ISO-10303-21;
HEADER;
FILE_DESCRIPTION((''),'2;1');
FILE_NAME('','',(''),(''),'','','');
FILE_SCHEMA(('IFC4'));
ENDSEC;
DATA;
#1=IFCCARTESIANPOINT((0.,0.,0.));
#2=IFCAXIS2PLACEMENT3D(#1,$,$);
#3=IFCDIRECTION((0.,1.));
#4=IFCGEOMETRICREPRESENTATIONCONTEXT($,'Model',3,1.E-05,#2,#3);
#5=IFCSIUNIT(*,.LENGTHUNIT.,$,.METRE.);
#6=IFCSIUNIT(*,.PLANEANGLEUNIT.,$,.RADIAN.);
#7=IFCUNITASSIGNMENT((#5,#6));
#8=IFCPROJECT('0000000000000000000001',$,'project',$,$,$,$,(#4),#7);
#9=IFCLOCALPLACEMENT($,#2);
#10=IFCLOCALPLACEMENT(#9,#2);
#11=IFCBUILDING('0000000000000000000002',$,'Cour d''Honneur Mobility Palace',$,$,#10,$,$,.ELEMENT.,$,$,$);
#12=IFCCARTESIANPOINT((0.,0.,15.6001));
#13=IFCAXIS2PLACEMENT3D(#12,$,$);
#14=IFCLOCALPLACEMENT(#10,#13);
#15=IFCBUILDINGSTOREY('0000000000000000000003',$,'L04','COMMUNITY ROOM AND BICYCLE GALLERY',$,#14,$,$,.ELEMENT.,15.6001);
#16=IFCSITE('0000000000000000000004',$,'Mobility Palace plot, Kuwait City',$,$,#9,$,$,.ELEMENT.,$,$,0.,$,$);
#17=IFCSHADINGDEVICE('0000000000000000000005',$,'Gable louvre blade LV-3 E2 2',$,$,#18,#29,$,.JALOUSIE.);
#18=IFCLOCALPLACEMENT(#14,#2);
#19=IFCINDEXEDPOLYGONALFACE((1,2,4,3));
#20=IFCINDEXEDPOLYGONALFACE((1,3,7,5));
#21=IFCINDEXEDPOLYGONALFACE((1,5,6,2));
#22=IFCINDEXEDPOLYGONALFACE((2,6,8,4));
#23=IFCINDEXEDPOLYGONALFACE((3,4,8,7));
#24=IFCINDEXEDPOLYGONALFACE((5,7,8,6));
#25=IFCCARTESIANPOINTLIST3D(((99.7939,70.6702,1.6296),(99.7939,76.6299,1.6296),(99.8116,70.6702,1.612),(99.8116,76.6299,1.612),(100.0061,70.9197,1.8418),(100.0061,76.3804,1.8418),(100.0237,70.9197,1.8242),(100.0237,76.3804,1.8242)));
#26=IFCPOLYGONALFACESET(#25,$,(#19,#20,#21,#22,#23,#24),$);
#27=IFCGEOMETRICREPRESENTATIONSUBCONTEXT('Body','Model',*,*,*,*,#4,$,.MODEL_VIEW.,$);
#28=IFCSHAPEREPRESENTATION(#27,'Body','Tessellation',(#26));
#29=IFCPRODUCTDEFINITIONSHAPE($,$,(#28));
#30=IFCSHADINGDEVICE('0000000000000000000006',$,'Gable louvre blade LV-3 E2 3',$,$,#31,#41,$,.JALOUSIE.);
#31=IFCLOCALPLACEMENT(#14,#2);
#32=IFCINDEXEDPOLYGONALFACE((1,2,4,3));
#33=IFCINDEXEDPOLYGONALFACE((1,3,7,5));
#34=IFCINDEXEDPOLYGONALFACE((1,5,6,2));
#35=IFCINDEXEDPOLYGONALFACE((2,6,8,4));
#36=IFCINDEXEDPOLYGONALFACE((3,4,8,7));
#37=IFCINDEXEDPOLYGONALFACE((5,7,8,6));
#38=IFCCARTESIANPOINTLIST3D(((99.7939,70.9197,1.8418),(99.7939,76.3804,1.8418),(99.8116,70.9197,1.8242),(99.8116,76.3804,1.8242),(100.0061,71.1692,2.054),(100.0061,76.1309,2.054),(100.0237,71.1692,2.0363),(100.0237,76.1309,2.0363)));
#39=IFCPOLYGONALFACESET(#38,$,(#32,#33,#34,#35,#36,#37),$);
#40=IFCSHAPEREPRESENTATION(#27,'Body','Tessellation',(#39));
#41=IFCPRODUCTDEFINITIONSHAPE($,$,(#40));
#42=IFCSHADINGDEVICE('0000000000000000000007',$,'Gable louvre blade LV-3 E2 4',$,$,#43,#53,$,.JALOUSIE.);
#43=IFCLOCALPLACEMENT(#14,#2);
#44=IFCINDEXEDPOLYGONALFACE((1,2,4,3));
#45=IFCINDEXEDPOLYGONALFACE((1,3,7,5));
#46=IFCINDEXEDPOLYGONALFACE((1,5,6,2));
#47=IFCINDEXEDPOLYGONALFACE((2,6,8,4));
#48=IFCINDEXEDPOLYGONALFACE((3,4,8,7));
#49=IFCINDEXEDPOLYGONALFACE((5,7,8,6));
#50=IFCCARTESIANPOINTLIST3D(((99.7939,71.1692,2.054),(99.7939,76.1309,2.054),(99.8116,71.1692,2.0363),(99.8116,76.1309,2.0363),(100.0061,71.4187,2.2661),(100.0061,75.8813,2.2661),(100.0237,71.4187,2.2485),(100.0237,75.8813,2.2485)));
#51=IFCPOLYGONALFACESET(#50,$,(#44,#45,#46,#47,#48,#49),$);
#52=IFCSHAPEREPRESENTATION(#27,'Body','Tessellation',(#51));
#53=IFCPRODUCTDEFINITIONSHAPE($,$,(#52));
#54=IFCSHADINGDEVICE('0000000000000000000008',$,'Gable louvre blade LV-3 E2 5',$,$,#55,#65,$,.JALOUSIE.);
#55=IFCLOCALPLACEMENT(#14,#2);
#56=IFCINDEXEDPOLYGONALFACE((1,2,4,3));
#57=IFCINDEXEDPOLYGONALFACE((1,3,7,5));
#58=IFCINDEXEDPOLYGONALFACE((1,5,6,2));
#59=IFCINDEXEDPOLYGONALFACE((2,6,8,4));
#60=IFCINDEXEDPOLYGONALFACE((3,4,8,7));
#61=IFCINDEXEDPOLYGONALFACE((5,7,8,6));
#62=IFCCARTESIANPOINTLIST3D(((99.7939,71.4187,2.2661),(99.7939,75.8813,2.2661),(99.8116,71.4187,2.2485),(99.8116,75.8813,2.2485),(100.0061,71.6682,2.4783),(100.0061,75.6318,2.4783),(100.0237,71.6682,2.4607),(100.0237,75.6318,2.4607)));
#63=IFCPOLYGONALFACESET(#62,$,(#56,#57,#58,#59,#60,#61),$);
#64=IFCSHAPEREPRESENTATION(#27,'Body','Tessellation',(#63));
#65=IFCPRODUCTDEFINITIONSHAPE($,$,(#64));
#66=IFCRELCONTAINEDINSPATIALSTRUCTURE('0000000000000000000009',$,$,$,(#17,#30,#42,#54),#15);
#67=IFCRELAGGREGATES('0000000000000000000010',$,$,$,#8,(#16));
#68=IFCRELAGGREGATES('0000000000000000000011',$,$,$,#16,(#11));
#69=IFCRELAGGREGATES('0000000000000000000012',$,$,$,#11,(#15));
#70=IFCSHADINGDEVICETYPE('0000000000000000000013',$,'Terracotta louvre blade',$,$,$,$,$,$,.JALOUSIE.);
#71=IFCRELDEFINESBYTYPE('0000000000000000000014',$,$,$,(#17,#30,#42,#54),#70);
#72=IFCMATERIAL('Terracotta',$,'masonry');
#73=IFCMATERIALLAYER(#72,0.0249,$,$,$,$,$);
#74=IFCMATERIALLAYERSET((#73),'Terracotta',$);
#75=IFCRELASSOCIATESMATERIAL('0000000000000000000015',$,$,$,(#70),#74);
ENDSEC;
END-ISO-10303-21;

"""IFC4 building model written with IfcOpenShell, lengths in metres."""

from ifc_helpers import new_model, si_unit, direction, frame, origin, place, context, subcontext, project, spatial, polyline, outline, extrude, material, layer, layer_set, type_object, element, save


model = new_model("IFC4")

# Units and contexts
model_context = context("Model", 3, precision=1e-05, world=origin(), true_north=direction((0.0, 1.0)))
body_context = subcontext(model_context, "Body", "Model", "MODEL_VIEW")
ifc_project = project(units=[si_unit("LENGTHUNIT", "METRE"), si_unit("PLANEANGLEUNIT", "RADIAN")], contexts=[model_context])

# Site, building, storey
site_placement = place(None, origin())
site = spatial("IfcSite", under=ifc_project, at=site_placement, Name="Mobility Palace plot, Kuwait City", CompositionType="ELEMENT", RefElevation=0.0)
building_placement = place(site_placement, origin())
building = spatial("IfcBuilding", under=site, at=building_placement, Name="Cour d'Honneur Mobility Palace", CompositionType="ELEMENT")
storey_placement = place(building_placement, frame((0.0, 0.0, 15.6001)))
storey = spatial("IfcBuildingStorey", under=building, at=storey_placement, Name="L04", Description="COMMUNITY ROOM AND BICYCLE GALLERY", CompositionType="ELEMENT", Elevation=15.6001)

# Shading devices
ifc_material_1 = material(Name="Terracotta", Category="masonry")
ifc_layer_1 = layer(ifc_material_1, 0.0249)
ifc_layer_set_1 = layer_set([ifc_layer_1], Name="Terracotta")
shading_device_type = type_object("IfcShadingDeviceType", Name="Terracotta louvre blade", PredefinedType="JALOUSIE", material=ifc_layer_set_1)
shading_device_1_placement = place(storey_placement, frame((99.7939, 70.6702, 1.6296), z_axis=(-0.707107, 0.0, 0.707107), x_axis=(0.0, 1.0, 0.0)))
element("IfcShadingDevice", 1, at=shading_device_1_placement, inside=storey, type_object=shading_device_type, Name="Gable louvre blade LV-3 E2 2", PredefinedType="JALOUSIE", context=body_context, shape_type="SweptSolid", body=[
    extrude(outline(polyline([(0.0, 0.0), (5.9597, 0.0), (5.7102, -0.3), (0.2495, -0.3), (0.0, 0.0)])), origin(), (0.0, 0.0, -1.0), 0.0249),
])
shading_device_2_placement = place(storey_placement, frame((99.7939, 70.9197, 1.8418), z_axis=(-0.707107, 0.0, 0.707107), x_axis=(0.0, 1.0, 0.0)))
element("IfcShadingDevice", 2, at=shading_device_2_placement, inside=storey, type_object=shading_device_type, Name="Gable louvre blade LV-3 E2 3", PredefinedType="JALOUSIE", context=body_context, shape_type="SweptSolid", body=[
    extrude(outline(polyline([(0.0, 0.0), (5.4607, 0.0), (5.2112, -0.3), (0.2495, -0.3), (0.0, 0.0)])), origin(), (0.0, 0.0, -1.0), 0.0249),
])
shading_device_3_placement = place(storey_placement, frame((99.7939, 71.1692, 2.054), z_axis=(-0.707107, 0.0, 0.707107), x_axis=(0.0, 1.0, 0.0)))
element("IfcShadingDevice", 3, at=shading_device_3_placement, inside=storey, type_object=shading_device_type, Name="Gable louvre blade LV-3 E2 4", PredefinedType="JALOUSIE", context=body_context, shape_type="SweptSolid", body=[
    extrude(outline(polyline([(0.0, 0.0), (4.9617, 0.0), (4.7122, -0.3), (0.2495, -0.3), (0.0, 0.0)])), origin(), (0.0, 0.0, -1.0), 0.0249),
])
shading_device_4_placement = place(storey_placement, frame((99.7939, 71.4187, 2.2661), z_axis=(-0.707107, 0.0, 0.707107), x_axis=(0.0, 1.0, 0.0)))
element("IfcShadingDevice", 4, at=shading_device_4_placement, inside=storey, type_object=shading_device_type, Name="Gable louvre blade LV-3 E2 5", PredefinedType="JALOUSIE", context=body_context, shape_type="SweptSolid", body=[
    extrude(outline(polyline([(0.0, 0.0), (4.4626, 0.0), (4.2131, -0.3), (0.2495, -0.3), (0.0, 0.0)])), origin(), (0.0, 0.0, -1.0), 0.0249),
])

save(model, "model.ifc")
